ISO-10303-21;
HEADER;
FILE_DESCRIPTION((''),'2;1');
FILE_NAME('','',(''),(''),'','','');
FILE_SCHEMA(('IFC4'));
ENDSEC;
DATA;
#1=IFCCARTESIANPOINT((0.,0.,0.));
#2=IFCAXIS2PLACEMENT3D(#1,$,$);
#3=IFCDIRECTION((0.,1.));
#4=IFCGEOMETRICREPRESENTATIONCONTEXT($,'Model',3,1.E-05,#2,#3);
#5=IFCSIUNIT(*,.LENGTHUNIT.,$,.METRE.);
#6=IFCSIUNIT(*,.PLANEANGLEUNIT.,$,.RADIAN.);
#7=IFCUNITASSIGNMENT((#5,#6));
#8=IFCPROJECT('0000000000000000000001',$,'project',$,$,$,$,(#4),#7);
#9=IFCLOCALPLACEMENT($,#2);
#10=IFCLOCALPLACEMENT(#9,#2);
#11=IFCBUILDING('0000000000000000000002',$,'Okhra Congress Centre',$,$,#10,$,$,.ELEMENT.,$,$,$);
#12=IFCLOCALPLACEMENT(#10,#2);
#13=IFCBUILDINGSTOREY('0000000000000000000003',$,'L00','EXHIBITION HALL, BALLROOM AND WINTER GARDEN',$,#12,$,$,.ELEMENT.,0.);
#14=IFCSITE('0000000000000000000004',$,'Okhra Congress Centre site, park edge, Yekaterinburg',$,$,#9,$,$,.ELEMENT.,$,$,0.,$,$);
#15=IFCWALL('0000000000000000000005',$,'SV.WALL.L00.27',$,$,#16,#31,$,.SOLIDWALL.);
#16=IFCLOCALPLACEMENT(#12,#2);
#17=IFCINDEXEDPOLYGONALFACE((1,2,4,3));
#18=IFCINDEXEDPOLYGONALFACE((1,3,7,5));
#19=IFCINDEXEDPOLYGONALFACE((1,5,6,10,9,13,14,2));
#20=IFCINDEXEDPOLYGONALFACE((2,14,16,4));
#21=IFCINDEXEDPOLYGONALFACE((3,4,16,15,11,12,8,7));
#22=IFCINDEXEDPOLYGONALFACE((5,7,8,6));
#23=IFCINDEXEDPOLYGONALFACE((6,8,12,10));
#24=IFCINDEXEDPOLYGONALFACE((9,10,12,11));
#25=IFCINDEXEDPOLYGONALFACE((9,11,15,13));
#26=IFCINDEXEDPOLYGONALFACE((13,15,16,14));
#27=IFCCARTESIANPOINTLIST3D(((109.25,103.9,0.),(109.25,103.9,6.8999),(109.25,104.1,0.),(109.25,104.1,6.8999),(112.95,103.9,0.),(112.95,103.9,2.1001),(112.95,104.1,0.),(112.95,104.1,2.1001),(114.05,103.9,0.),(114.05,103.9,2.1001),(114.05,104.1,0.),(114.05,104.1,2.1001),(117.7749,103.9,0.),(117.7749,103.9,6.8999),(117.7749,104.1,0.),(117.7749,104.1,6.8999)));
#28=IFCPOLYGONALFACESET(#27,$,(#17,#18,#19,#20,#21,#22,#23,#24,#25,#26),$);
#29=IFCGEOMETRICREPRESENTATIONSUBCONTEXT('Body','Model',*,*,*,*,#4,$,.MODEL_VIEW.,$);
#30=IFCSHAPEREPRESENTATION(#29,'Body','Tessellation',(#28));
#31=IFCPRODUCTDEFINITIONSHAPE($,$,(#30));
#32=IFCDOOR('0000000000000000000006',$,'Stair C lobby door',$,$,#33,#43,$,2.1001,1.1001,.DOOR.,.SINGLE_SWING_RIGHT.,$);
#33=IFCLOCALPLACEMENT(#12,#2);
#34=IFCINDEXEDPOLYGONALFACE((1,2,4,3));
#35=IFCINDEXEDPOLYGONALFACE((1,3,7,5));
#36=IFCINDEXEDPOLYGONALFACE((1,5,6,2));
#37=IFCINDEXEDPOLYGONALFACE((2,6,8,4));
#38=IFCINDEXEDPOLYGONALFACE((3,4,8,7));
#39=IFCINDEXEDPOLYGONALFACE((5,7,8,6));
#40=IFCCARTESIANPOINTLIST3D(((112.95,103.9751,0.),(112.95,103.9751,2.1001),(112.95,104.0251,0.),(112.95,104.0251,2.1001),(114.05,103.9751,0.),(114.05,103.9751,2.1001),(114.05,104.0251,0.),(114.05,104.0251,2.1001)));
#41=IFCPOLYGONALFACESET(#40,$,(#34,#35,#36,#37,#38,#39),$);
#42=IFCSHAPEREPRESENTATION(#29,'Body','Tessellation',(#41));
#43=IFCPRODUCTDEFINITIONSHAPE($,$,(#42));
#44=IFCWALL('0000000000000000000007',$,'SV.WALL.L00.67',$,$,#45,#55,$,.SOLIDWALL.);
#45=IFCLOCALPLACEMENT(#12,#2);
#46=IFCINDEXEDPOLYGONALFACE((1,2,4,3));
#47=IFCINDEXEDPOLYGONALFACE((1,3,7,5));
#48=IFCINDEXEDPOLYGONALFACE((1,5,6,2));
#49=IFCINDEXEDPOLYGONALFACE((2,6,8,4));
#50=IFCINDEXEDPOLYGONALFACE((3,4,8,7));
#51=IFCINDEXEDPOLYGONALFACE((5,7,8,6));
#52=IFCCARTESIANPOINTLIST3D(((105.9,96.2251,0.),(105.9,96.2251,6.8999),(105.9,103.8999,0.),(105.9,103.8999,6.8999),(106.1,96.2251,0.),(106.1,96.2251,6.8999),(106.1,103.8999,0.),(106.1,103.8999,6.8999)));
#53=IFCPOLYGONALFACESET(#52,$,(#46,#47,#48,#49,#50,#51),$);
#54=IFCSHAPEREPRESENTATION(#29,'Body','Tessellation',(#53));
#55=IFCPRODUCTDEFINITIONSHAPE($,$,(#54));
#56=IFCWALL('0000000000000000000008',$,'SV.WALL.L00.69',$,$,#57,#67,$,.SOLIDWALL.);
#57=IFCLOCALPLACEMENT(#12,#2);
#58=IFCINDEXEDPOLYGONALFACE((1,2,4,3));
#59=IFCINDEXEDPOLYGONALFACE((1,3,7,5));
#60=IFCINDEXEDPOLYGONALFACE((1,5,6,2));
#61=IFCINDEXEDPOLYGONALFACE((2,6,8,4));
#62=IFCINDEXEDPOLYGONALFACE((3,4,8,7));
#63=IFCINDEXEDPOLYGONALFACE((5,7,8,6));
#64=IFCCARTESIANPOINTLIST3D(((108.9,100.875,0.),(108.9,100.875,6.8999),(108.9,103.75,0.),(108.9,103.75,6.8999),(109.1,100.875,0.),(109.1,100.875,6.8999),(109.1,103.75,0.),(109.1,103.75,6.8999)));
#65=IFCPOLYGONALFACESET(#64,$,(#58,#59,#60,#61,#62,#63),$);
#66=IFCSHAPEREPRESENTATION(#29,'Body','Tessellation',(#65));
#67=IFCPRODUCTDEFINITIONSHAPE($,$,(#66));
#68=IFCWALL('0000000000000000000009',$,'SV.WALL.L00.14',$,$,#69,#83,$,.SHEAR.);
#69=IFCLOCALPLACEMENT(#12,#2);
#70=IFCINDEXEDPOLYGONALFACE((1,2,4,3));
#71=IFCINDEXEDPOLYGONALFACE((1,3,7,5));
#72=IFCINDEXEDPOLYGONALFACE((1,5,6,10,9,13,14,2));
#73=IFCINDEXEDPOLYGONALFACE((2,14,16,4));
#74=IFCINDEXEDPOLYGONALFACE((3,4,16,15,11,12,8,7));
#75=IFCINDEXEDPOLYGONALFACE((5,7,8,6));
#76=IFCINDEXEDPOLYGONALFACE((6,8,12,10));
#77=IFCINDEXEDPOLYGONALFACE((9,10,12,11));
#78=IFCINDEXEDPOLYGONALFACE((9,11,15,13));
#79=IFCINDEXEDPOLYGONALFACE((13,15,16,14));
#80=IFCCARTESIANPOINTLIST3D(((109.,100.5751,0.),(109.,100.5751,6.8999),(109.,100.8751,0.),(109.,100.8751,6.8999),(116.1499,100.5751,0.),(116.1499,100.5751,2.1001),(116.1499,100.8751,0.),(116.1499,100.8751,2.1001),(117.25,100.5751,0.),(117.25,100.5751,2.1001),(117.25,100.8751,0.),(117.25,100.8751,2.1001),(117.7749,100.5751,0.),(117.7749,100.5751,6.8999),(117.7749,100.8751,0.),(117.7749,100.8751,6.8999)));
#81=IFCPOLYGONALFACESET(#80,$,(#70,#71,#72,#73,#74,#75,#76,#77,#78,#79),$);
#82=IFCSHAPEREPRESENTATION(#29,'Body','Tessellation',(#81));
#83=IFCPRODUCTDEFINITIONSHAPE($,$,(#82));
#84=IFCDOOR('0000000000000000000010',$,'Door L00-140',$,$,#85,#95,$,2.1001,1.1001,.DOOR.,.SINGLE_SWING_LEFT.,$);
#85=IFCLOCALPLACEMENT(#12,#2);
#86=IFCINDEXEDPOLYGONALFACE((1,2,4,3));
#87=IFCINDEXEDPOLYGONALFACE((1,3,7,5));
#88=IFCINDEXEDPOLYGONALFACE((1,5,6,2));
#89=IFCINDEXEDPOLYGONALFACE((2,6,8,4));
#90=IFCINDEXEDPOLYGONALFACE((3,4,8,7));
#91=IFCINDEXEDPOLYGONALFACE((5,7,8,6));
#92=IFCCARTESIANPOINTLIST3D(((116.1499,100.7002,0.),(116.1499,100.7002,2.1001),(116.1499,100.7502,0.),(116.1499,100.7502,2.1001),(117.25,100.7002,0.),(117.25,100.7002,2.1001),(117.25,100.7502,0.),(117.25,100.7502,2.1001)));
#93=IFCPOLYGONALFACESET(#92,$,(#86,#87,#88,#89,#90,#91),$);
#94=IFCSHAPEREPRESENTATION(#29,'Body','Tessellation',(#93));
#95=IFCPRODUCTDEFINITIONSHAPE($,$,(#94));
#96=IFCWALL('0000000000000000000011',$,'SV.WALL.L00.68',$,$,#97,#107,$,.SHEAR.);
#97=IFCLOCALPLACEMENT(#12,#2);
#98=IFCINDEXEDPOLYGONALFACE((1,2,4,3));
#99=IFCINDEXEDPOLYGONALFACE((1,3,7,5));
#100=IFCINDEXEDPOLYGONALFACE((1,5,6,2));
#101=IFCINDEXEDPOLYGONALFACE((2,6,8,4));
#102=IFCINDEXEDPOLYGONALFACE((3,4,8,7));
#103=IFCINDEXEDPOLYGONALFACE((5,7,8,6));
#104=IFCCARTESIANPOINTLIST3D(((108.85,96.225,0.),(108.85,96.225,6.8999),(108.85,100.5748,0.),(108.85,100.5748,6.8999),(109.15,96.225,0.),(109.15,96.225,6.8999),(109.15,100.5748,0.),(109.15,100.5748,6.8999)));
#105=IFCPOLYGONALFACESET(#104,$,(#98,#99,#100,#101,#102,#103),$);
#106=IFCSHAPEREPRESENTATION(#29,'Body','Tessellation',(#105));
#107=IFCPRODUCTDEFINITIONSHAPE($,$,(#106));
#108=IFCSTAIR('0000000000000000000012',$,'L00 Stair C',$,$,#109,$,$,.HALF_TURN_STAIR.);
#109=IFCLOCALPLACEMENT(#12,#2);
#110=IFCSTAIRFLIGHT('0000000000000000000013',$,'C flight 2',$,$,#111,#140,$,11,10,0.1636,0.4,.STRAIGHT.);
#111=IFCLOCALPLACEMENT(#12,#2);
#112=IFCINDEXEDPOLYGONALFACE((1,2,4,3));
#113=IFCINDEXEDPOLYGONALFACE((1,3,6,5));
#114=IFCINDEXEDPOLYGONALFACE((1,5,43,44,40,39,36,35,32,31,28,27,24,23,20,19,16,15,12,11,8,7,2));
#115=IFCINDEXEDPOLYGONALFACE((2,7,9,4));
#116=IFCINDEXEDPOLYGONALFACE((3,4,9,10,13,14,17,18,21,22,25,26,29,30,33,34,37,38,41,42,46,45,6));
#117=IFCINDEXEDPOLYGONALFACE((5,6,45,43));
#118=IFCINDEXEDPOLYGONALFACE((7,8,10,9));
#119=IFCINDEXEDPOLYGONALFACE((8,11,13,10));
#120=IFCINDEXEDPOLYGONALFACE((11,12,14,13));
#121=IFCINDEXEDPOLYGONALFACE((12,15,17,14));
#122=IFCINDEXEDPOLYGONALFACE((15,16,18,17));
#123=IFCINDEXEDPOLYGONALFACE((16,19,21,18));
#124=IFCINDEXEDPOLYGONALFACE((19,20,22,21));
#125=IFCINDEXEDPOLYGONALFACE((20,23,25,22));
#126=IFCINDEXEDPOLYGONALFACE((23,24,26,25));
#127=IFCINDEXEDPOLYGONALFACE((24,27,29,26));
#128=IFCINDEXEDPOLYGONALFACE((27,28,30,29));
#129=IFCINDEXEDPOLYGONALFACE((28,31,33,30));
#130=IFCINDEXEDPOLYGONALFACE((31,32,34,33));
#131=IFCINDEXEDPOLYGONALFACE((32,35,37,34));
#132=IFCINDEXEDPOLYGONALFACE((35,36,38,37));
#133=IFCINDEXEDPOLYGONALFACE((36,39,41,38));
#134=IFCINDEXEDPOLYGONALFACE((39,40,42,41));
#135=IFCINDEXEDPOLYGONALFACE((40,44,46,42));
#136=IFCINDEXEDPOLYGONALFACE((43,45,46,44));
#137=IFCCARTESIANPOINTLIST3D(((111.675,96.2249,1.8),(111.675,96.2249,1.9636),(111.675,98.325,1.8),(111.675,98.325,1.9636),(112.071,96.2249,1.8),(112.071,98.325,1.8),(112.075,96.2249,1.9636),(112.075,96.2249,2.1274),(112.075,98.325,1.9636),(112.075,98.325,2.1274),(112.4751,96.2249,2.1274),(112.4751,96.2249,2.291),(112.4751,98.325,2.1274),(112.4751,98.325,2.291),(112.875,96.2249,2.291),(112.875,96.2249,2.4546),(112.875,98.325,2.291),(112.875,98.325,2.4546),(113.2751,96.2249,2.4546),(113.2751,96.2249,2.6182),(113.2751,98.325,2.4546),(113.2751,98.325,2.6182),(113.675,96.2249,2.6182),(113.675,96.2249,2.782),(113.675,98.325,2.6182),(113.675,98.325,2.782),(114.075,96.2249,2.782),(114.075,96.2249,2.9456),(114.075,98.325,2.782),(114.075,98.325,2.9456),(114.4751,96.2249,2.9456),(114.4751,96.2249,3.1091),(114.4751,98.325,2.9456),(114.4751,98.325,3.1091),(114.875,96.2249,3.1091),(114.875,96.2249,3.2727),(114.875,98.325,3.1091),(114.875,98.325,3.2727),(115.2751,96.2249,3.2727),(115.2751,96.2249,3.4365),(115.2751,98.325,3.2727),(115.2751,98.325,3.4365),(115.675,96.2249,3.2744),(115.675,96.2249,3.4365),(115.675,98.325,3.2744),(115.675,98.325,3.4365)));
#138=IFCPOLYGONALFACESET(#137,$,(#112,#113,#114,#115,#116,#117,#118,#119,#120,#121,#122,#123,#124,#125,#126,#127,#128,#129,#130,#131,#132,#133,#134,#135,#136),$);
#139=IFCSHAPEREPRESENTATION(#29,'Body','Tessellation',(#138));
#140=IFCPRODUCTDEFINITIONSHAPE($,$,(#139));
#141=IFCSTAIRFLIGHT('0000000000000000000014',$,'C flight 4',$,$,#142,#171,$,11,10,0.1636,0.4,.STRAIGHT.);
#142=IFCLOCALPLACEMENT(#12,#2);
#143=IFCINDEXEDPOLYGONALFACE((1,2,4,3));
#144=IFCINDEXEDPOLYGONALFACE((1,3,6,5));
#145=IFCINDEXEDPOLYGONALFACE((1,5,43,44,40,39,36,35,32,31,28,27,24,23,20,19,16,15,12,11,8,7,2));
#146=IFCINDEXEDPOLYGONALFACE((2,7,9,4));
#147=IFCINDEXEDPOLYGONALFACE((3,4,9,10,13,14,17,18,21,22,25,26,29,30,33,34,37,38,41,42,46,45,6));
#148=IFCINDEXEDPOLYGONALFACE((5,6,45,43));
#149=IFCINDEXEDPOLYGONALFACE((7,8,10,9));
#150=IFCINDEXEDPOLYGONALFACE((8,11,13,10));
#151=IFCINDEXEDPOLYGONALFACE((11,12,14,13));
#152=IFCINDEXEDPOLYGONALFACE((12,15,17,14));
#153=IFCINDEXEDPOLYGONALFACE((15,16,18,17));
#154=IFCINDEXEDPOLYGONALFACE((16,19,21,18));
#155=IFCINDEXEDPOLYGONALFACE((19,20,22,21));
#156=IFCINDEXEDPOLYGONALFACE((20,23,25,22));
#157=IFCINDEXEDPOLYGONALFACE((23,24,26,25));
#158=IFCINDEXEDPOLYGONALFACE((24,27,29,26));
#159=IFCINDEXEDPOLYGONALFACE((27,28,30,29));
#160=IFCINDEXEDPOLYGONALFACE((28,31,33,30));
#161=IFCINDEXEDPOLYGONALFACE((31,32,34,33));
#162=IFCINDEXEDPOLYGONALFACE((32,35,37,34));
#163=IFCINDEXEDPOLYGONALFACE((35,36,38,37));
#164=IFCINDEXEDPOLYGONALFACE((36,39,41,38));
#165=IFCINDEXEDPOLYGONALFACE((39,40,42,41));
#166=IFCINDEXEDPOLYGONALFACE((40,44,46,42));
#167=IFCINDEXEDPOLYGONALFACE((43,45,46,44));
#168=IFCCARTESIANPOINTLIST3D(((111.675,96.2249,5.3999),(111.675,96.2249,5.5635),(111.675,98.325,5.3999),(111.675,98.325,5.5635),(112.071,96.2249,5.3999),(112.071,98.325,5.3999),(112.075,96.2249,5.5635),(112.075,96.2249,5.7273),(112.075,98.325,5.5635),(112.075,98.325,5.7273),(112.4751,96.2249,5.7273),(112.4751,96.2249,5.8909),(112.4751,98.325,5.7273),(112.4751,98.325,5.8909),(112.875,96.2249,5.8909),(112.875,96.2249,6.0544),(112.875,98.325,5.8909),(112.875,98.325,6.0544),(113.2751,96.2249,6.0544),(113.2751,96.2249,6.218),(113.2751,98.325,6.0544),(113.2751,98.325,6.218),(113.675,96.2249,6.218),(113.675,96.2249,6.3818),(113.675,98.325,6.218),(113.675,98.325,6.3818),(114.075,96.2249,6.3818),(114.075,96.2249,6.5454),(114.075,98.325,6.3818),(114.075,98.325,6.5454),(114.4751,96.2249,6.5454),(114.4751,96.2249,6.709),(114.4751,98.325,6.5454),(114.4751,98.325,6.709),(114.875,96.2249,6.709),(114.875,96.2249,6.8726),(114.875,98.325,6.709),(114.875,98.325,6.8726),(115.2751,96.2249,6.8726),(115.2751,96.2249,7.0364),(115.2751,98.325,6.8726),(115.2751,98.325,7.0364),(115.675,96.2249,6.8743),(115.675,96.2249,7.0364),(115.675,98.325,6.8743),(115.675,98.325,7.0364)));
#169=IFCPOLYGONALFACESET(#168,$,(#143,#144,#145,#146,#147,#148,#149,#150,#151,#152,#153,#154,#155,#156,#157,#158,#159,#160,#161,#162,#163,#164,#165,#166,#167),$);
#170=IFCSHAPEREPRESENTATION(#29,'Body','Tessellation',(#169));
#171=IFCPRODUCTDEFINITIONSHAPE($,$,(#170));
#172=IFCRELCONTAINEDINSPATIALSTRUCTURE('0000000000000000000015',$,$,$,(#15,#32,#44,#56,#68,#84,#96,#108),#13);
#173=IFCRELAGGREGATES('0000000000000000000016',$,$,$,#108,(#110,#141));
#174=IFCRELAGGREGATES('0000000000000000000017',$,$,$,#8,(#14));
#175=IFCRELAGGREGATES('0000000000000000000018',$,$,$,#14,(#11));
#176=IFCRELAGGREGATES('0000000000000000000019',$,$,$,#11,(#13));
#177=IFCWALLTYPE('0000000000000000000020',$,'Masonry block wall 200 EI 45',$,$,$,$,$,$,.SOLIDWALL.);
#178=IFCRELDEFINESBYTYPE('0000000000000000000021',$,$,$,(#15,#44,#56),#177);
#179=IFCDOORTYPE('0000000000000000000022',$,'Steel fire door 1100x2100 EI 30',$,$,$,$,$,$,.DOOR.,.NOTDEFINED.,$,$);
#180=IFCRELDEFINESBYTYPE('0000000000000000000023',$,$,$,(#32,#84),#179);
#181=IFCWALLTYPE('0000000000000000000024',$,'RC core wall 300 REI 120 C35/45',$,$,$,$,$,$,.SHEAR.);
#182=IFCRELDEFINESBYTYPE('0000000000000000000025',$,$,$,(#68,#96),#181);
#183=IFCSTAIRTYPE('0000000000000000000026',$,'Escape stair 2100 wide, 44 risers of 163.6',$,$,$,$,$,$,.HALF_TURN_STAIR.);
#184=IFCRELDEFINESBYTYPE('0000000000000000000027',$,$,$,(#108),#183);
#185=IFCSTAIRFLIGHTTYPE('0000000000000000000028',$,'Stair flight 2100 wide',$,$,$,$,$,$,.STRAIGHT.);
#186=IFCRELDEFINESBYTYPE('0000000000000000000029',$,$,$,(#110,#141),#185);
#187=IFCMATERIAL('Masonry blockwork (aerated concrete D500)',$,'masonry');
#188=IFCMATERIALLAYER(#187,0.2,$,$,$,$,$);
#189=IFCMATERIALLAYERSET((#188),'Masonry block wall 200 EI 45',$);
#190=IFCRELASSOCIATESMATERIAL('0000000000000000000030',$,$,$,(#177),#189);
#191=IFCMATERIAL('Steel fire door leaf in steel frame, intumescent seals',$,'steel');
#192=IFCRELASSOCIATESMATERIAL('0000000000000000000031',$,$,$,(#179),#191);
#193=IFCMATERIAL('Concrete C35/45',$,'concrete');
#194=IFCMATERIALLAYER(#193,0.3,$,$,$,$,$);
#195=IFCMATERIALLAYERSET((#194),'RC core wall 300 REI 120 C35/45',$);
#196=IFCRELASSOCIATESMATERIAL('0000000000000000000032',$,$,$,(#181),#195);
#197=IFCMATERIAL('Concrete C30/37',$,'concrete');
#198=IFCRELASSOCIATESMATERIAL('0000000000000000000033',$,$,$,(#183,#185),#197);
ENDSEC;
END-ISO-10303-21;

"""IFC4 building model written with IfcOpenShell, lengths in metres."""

from ifc_helpers import new_model, si_unit, direction, frame, frame_2d, origin, place, context, subcontext, project, spatial, polyline, rectangle, outline, extrude, material, layer, layer_set, type_object, element, fill, aggregate, save


model = new_model("IFC4")

# Units and contexts
model_context = context("Model", 3, precision=1e-05, world=origin(), true_north=direction((0.0, 1.0)))
body_context = subcontext(model_context, "Body", "Model", "MODEL_VIEW")
ifc_project = project(units=[si_unit("LENGTHUNIT", "METRE"), si_unit("PLANEANGLEUNIT", "RADIAN")], contexts=[model_context])

# Site, building, storey
site_placement = place(None, origin())
site = spatial("IfcSite", under=ifc_project, at=site_placement, Name="Okhra Congress Centre site, park edge, Yekaterinburg", CompositionType="ELEMENT", RefElevation=0.0)
building_placement = place(site_placement, origin())
building = spatial("IfcBuilding", under=site, at=building_placement, Name="Okhra Congress Centre", CompositionType="ELEMENT")
storey_placement = place(building_placement, origin())
storey = spatial("IfcBuildingStorey", under=building, at=storey_placement, Name="L00", Description="EXHIBITION HALL, BALLROOM AND WINTER GARDEN", CompositionType="ELEMENT", Elevation=0.0)

# Shared definitions
ifc_material_1 = material(Name="Concrete C30/37", Category="concrete")

# Shared definitions
ifc_material_2 = material(Name="Concrete C35/45", Category="concrete")

# Shared definitions
ifc_material_3 = material(Name="Masonry blockwork (aerated concrete D500)", Category="masonry")
ifc_layer_1 = layer(ifc_material_3, 0.2)
ifc_layer_set_1 = layer_set([ifc_layer_1], Name="Masonry block wall 200 EI 45")
wall_type_1 = type_object("IfcWallType", Name="Masonry block wall 200 EI 45", PredefinedType="SOLIDWALL", material=ifc_layer_set_1)
ifc_material_4 = material(Name="Steel fire door leaf in steel frame, intumescent seals", Category="steel")

# Wall, opening, door
wall_1_placement = place(storey_placement, frame((109.25, 104.0, 0.0), z_axis=(0.0, 0.0, 1.0), x_axis=(1.0, 0.0, 0.0)))
wall_1 = element("IfcWall", 1, at=wall_1_placement, inside=storey, type_object=wall_type_1, Name="SV.WALL.L00.27", PredefinedType="SOLIDWALL", context=body_context, shape_type="SweptSolid", body=[
    extrude(rectangle(XDim=8.5249, YDim=0.2, at=frame_2d((4.2625, 0.0))), origin(), (0.0, 0.0, 1.0), 6.8999),
])
opening_1_placement = place(wall_1_placement, frame((3.7, 0.0, 0.0)))
opening_1 = element("IfcOpeningElement", 2, at=opening_1_placement, cuts=wall_1, PredefinedType="OPENING", context=body_context, shape_type="SweptSolid", body=[
    extrude(rectangle(XDim=1.1001, YDim=2.1001, at=frame_2d((0.55, 1.05))), frame((0.0, 0.1099, 0.0), z_axis=(0.0, -1.0, 0.0), x_axis=(1.0, 0.0, 0.0)), (0.0, 0.0, 1.0), 0.22),
])
door_type_1 = type_object("IfcDoorType", Name="Steel fire door 1100x2100 EI 30", OperationType="NOTDEFINED", PredefinedType="DOOR", material=ifc_material_4)
door_1_placement = place(opening_1_placement, frame((1.1001, 0.0, 0.0), z_axis=(0.0, 0.0, 1.0), x_axis=(-1.0, 0.0, 0.0)))
door_1 = element("IfcDoor", 3, at=door_1_placement, inside=storey, type_object=door_type_1, Name="Stair C lobby door", OperationType="SINGLE_SWING_RIGHT", OverallHeight=2.1001, OverallWidth=1.1001, PredefinedType="DOOR", context=body_context, shape_type="SweptSolid", body=[
    extrude(rectangle(XDim=1.1001, YDim=2.1001, at=frame_2d((0.55, 1.05))), frame((0.0, 0.0249, 0.0), z_axis=(0.0, -1.0, 0.0), x_axis=(1.0, 0.0, 0.0)), (0.0, 0.0, 1.0), 0.05),
])
fill(opening_1, door_1)

# Walls
wall_2_placement = place(storey_placement, frame((106.0, 96.2251, 0.0), z_axis=(0.0, 0.0, 1.0), x_axis=(0.0, 1.0, 0.0)))
element("IfcWall", 4, at=wall_2_placement, inside=storey, type_object=wall_type_1, Name="SV.WALL.L00.67", PredefinedType="SOLIDWALL", context=body_context, shape_type="SweptSolid", body=[
    extrude(rectangle(XDim=7.6748, YDim=0.2, at=frame_2d((3.8374, 0.0))), origin(), (0.0, 0.0, 1.0), 6.8999),
])
wall_3_placement = place(storey_placement, frame((109.0, 100.875, 0.0), z_axis=(0.0, 0.0, 1.0), x_axis=(0.0, 1.0, 0.0)))
element("IfcWall", 5, at=wall_3_placement, inside=storey, type_object=wall_type_1, Name="SV.WALL.L00.69", PredefinedType="SOLIDWALL", context=body_context, shape_type="SweptSolid", body=[
    extrude(rectangle(XDim=2.875, YDim=0.2, at=frame_2d((1.4375, 0.0))), origin(), (0.0, 0.0, 1.0), 6.8999),
])

# Wall, opening, door
ifc_layer_2 = layer(ifc_material_2, 0.3)
ifc_layer_set_2 = layer_set([ifc_layer_2], Name="RC core wall 300 REI 120 C35/45")
wall_type_2 = type_object("IfcWallType", Name="RC core wall 300 REI 120 C35/45", PredefinedType="SHEAR", material=ifc_layer_set_2)
wall_4_placement = place(storey_placement, frame((109.0, 100.7251, 0.0), z_axis=(0.0, 0.0, 1.0), x_axis=(1.0, 0.0, 0.0)))
wall_4 = element("IfcWall", 6, at=wall_4_placement, inside=storey, type_object=wall_type_2, Name="SV.WALL.L00.14", PredefinedType="SHEAR", context=body_context, shape_type="SweptSolid", body=[
    extrude(rectangle(XDim=8.7749, YDim=0.3, at=frame_2d((4.3875, 0.0))), origin(), (0.0, 0.0, 1.0), 6.8999),
])
opening_2_placement = place(wall_4_placement, frame((7.1499, 0.0, 0.0)))
opening_2 = element("IfcOpeningElement", 7, at=opening_2_placement, cuts=wall_4, PredefinedType="OPENING", context=body_context, shape_type="SweptSolid", body=[
    extrude(rectangle(XDim=1.1001, YDim=2.1001, at=frame_2d((0.55, 1.05))), frame((0.0, 0.1599, 0.0), z_axis=(0.0, -1.0, 0.0), x_axis=(1.0, 0.0, 0.0)), (0.0, 0.0, 1.0), 0.3201),
])
door_2_placement = place(opening_2_placement, frame((1.1001, 0.0, 0.0), z_axis=(0.0, 0.0, 1.0), x_axis=(-1.0, 0.0, 0.0)))
door_2 = element("IfcDoor", 8, at=door_2_placement, inside=storey, type_object=door_type_1, Name="Door L00-140", OperationType="SINGLE_SWING_LEFT", OverallHeight=2.1001, OverallWidth=1.1001, PredefinedType="DOOR", context=body_context, shape_type="SweptSolid", body=[
    extrude(rectangle(XDim=1.1001, YDim=2.1001, at=frame_2d((0.55, 1.05))), frame((0.0, 0.0249, 0.0), z_axis=(0.0, -1.0, 0.0), x_axis=(1.0, 0.0, 0.0)), (0.0, 0.0, 1.0), 0.05),
])
fill(opening_2, door_2)

# Wall
wall_5_placement = place(storey_placement, frame((109.0, 96.2251, 0.0), z_axis=(0.0, 0.0, 1.0), x_axis=(0.0, 1.0, 0.0)))
element("IfcWall", 9, at=wall_5_placement, inside=storey, type_object=wall_type_2, Name="SV.WALL.L00.68", PredefinedType="SHEAR", context=body_context, shape_type="SweptSolid", body=[
    extrude(rectangle(XDim=4.3499, YDim=0.3, at=frame_2d((2.1748, 0.0))), origin(), (0.0, 0.0, 1.0), 6.8999),
])

# Stair, stair flights
stair_type = type_object("IfcStairType", Name="Escape stair 2100 wide, 44 risers of 163.6", PredefinedType="HALF_TURN_STAIR", material=ifc_material_1)
stair_placement = place(storey_placement, origin())
stair = element("IfcStair", 10, at=stair_placement, inside=storey, type_object=stair_type, Name="L00 Stair C", PredefinedType="HALF_TURN_STAIR")
stair_flight_type = type_object("IfcStairFlightType", Name="Stair flight 2100 wide", PredefinedType="STRAIGHT", material=ifc_material_1)
stair_flight_1_placement = place(storey_placement, frame((111.675, 97.2749, 1.8), z_axis=(0.0, 0.0, 1.0), x_axis=(1.0, 0.0, 0.0)))
stair_flight_1 = element("IfcStairFlight", 11, at=stair_flight_1_placement, type_object=stair_flight_type, Name="C flight 2", NumberOfRisers=11, NumberOfTreads=10, PredefinedType="STRAIGHT", RiserHeight=0.1636, TreadLength=0.4, context=body_context, shape_type="SweptSolid", body=[
    extrude(outline(polyline([(0.0, 0.0), (0.0, 0.1636), (0.3999, 0.1636), (0.3999, 0.3274), (0.8, 0.3274), (0.8, 0.491), (1.2, 0.491), (1.2, 0.6545), (1.6001, 0.6545), (1.6001, 0.8181), (2.0, 0.8181), (2.0, 0.9819), (2.3999, 0.9819), (2.3999, 1.1455), (2.8, 1.1455), (2.8, 1.3091), (3.2, 1.3091), (3.2, 1.4727), (3.6001, 1.4727), (3.6001, 1.6365), (4.0, 1.6365), (4.0, 1.8), (4.0, 1.4744), (0.396, 0.0), (0.0, 0.0)])), frame((0.0, 1.05, 0.0), z_axis=(0.0, -1.0, 0.0), x_axis=(1.0, 0.0, 0.0)), (0.0, 0.0, 1.0), 2.1001),
])
stair_flight_2_placement = place(storey_placement, frame((111.675, 97.2749, 5.3999), z_axis=(0.0, 0.0, 1.0), x_axis=(1.0, 0.0, 0.0)))
stair_flight_2 = element("IfcStairFlight", 12, at=stair_flight_2_placement, type_object=stair_flight_type, Name="C flight 4", NumberOfRisers=11, NumberOfTreads=10, PredefinedType="STRAIGHT", RiserHeight=0.1636, TreadLength=0.4, context=body_context, shape_type="SweptSolid", body=[
    extrude(outline(polyline([(0.0, 0.0), (0.0, 0.1636), (0.3999, 0.1636), (0.3999, 0.3274), (0.8, 0.3274), (0.8, 0.491), (1.2, 0.491), (1.2, 0.6545), (1.6001, 0.6545), (1.6001, 0.8181), (2.0, 0.8181), (2.0, 0.9819), (2.3999, 0.9819), (2.3999, 1.1455), (2.8, 1.1455), (2.8, 1.3091), (3.2, 1.3091), (3.2, 1.4727), (3.6001, 1.4727), (3.6001, 1.6365), (4.0, 1.6365), (4.0, 1.8), (4.0, 1.4744), (0.396, 0.0), (0.0, 0.0)])), frame((0.0, 1.05, 0.0), z_axis=(0.0, -1.0, 0.0), x_axis=(1.0, 0.0, 0.0)), (0.0, 0.0, 1.0), 2.1001),
])
aggregate(stair, [stair_flight_1, stair_flight_2])

save(model, "model.ifc")
